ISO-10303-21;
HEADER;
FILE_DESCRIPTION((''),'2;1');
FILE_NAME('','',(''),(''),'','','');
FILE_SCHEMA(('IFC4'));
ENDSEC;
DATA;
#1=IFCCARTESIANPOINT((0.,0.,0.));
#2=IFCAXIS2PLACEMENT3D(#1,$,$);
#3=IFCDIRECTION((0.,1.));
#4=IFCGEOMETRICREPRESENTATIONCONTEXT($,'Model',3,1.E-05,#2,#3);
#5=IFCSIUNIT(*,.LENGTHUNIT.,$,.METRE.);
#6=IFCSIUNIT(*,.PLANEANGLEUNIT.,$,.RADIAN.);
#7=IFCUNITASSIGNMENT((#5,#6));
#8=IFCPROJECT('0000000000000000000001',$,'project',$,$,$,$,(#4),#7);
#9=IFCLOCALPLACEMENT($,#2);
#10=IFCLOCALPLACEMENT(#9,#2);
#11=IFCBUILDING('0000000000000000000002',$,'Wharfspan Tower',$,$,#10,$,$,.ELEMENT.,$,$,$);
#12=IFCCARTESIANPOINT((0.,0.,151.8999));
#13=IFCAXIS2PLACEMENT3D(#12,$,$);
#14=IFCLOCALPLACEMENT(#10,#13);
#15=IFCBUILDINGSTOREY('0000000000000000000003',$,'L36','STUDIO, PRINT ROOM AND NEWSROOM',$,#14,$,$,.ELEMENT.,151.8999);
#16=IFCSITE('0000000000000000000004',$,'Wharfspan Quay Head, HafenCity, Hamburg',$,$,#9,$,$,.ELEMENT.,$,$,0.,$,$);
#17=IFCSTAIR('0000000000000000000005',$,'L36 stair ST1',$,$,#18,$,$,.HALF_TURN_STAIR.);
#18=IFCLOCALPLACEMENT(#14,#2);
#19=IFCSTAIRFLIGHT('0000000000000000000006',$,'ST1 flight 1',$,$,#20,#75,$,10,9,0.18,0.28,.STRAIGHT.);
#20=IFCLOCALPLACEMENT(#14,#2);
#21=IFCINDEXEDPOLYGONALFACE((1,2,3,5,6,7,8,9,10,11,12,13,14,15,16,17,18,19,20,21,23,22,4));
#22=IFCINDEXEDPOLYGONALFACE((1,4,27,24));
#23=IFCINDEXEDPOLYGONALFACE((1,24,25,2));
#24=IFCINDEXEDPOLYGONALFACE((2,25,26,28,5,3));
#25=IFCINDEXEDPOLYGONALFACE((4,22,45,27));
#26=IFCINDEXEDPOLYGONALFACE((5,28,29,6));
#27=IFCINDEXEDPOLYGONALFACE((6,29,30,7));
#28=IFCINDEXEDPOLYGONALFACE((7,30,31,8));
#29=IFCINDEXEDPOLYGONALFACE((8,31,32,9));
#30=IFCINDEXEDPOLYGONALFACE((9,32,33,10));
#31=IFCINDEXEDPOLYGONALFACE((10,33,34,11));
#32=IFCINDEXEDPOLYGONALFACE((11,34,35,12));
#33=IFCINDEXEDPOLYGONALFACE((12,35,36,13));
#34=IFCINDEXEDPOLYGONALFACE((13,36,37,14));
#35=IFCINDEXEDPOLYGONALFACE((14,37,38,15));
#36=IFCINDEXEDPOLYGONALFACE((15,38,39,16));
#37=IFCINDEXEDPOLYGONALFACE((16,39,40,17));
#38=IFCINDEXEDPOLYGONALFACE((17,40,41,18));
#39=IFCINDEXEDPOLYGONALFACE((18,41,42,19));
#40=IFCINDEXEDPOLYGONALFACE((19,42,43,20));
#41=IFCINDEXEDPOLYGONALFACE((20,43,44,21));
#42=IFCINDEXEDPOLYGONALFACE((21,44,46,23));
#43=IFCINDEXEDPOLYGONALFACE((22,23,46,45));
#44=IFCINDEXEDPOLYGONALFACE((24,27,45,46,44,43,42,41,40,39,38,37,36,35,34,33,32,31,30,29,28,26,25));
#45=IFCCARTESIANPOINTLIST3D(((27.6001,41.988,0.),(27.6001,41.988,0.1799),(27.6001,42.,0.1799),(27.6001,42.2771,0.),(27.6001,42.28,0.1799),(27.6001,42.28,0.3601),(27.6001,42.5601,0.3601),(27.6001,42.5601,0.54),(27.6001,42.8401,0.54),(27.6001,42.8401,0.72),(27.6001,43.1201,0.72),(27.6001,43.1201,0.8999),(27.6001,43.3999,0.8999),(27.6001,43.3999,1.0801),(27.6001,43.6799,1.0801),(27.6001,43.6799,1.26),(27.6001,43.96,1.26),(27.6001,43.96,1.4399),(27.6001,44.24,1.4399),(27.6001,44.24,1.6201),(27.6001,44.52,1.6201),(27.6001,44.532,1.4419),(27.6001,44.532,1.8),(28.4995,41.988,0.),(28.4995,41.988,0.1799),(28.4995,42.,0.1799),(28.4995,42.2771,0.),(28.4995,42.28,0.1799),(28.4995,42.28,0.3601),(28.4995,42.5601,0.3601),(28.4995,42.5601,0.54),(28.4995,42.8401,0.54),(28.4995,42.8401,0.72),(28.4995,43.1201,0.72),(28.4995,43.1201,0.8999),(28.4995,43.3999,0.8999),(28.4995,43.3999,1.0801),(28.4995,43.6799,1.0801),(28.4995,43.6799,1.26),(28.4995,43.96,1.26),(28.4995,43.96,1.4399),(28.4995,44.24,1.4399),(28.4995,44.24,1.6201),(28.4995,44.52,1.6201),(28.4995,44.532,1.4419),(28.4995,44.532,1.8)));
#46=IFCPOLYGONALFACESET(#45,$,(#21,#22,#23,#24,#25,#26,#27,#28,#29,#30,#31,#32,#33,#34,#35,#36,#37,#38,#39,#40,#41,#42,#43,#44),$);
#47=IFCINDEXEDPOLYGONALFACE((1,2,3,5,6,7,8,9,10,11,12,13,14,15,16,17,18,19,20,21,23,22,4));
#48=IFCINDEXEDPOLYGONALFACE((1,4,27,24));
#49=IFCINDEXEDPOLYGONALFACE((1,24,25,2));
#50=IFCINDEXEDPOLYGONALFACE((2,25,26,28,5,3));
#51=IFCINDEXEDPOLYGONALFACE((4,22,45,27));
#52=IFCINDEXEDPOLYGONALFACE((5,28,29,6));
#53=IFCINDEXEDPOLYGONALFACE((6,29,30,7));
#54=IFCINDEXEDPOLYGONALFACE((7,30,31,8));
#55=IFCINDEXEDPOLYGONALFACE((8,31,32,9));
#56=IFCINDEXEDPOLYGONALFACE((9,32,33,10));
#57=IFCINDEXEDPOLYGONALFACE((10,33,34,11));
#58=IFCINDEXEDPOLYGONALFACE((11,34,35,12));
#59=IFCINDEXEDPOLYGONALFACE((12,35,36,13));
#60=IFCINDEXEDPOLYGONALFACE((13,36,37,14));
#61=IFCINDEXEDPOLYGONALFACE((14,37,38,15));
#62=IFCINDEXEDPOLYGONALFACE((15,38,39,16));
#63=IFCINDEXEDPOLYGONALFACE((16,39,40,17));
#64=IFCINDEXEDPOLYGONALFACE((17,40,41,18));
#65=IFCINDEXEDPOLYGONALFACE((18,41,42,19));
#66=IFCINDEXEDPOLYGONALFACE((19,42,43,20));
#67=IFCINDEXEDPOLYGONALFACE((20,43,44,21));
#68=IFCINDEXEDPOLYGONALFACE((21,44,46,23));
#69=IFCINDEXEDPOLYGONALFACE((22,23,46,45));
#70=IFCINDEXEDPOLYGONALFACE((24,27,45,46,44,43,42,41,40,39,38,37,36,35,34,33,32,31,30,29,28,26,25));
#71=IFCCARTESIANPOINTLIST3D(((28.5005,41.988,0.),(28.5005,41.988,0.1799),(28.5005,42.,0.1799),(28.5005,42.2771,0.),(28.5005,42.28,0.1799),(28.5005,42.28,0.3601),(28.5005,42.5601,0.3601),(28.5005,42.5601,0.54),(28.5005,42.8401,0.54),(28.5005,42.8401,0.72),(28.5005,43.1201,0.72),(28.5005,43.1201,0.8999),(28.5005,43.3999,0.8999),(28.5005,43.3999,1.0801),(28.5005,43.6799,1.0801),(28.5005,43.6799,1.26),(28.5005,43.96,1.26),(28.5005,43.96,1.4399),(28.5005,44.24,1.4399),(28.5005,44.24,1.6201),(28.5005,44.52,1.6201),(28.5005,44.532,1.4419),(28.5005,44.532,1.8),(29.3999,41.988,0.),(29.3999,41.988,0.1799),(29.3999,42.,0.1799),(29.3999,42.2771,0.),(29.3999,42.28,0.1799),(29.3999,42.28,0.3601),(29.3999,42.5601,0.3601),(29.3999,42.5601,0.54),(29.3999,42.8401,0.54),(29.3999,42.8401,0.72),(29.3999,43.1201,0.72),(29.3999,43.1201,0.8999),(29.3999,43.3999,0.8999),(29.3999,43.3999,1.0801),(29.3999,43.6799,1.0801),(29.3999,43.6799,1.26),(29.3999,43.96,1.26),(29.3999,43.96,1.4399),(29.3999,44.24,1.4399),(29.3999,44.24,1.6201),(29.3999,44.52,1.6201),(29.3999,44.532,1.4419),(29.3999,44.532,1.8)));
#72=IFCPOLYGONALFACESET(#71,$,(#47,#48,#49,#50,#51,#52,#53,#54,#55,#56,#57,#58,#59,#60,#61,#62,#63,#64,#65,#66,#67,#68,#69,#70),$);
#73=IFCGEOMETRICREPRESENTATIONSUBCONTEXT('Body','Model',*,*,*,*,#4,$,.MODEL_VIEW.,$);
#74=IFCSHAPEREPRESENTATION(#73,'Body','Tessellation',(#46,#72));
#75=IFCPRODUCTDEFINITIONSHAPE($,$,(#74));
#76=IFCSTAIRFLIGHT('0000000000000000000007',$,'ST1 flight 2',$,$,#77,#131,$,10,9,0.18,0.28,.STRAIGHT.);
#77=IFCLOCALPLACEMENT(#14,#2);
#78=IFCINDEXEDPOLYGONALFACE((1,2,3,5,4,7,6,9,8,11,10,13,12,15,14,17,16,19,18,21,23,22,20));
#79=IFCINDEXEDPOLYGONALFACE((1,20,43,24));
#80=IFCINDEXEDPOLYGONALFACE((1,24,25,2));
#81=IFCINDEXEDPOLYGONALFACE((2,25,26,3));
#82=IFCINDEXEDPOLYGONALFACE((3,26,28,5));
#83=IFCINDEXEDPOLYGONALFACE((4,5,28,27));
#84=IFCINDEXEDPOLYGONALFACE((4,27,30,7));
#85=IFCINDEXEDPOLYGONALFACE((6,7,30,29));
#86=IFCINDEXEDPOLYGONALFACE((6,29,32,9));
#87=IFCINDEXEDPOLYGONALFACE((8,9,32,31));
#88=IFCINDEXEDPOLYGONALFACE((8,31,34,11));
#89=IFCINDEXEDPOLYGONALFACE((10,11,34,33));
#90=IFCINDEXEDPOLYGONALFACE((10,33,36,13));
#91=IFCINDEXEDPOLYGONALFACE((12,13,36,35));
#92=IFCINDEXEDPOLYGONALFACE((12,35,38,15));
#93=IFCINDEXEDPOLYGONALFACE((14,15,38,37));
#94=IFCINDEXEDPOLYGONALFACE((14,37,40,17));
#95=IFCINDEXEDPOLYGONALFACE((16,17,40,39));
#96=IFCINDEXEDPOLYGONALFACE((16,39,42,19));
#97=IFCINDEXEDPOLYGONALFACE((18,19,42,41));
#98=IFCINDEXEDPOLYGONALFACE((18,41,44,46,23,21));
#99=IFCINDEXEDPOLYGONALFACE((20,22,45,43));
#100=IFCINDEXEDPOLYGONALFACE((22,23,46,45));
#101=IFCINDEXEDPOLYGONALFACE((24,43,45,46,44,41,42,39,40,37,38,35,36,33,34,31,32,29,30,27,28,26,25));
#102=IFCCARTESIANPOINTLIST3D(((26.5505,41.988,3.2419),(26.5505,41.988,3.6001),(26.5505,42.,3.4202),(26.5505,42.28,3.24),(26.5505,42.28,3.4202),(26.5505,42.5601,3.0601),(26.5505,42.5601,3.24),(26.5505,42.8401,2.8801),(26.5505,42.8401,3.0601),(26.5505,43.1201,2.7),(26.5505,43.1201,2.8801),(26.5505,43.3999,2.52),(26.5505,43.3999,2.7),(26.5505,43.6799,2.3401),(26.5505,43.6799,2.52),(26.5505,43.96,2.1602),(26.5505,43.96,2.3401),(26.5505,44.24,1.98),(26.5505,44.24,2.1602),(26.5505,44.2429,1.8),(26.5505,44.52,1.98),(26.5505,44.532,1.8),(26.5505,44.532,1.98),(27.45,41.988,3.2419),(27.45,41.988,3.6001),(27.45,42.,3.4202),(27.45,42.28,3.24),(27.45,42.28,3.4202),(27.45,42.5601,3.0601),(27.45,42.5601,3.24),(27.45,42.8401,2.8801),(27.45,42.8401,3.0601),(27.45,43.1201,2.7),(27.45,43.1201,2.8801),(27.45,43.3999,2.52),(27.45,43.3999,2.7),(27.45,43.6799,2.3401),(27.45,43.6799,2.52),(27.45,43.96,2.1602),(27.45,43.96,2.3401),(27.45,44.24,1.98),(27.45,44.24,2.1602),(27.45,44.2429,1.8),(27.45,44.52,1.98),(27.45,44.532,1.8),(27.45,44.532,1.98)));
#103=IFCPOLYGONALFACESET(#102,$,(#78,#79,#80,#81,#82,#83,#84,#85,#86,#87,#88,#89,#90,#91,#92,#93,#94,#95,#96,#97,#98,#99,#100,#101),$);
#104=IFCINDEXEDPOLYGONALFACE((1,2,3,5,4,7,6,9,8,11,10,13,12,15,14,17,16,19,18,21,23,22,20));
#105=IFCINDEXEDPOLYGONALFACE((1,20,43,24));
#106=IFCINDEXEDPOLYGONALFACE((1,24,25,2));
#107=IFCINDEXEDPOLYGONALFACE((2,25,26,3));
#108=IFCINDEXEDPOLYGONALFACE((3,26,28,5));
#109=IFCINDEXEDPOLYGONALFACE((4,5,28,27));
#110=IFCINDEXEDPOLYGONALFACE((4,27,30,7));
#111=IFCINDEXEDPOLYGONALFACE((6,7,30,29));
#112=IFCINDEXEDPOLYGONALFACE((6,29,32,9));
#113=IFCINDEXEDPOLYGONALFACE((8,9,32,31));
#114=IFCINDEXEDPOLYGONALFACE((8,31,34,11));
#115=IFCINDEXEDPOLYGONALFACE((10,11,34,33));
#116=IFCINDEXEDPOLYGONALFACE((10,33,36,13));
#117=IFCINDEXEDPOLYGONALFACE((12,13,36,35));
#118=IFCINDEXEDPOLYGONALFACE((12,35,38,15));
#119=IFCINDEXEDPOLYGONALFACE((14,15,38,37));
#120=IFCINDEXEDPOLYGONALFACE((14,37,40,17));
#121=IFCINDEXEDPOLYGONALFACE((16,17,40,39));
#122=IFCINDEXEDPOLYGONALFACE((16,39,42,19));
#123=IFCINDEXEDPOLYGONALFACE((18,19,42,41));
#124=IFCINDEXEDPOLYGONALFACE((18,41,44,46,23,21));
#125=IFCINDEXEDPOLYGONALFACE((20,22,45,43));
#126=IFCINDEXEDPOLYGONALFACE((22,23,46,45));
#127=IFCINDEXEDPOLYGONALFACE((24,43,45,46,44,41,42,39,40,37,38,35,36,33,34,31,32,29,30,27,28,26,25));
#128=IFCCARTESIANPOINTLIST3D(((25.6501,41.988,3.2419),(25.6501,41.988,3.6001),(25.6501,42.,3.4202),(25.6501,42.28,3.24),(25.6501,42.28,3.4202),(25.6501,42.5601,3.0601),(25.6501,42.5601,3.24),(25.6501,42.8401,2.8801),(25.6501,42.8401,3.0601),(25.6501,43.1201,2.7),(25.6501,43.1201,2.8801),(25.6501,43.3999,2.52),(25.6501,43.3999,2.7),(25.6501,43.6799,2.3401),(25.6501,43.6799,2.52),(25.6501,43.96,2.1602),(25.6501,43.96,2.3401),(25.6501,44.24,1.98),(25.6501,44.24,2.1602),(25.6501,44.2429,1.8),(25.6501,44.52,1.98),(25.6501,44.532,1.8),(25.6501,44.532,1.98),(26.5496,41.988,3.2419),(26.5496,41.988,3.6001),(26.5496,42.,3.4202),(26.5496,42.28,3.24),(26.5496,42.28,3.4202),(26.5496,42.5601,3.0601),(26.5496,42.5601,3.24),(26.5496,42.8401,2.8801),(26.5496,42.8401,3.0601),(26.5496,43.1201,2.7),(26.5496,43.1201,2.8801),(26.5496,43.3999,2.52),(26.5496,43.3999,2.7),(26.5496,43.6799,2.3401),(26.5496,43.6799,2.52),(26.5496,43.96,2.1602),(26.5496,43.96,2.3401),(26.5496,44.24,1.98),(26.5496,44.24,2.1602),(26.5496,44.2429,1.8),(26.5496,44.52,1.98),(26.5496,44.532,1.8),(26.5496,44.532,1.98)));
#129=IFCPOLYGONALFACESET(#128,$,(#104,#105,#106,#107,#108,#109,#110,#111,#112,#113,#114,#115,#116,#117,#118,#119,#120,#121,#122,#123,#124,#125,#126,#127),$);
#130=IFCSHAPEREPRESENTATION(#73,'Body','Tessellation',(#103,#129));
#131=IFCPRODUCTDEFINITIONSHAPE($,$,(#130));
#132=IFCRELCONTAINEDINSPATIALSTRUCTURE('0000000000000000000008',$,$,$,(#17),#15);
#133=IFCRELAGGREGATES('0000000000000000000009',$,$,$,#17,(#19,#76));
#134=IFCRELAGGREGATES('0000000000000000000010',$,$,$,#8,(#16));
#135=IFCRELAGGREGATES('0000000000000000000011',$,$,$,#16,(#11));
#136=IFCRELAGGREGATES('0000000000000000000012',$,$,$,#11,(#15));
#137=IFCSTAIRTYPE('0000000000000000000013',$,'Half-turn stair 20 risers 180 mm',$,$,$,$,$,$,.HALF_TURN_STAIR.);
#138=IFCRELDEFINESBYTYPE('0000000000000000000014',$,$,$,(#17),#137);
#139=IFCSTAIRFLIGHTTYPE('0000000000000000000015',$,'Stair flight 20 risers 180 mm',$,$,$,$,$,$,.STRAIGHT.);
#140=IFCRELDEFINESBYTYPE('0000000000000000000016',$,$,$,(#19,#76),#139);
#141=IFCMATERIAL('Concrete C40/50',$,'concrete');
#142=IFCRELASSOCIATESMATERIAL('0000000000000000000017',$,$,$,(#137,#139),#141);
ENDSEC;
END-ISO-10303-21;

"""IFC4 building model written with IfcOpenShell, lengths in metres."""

from ifc_helpers import new_model, si_unit, direction, frame, origin, place, context, subcontext, project, spatial, polyline, outline, extrude, material, type_object, element, aggregate, save


model = new_model("IFC4")

# Units and contexts
model_context = context("Model", 3, precision=1e-05, world=origin(), true_north=direction((0.0, 1.0)))
body_context = subcontext(model_context, "Body", "Model", "MODEL_VIEW")
ifc_project = project(units=[si_unit("LENGTHUNIT", "METRE"), si_unit("PLANEANGLEUNIT", "RADIAN")], contexts=[model_context])

# Site, building, storey
site_placement = place(None, origin())
site = spatial("IfcSite", under=ifc_project, at=site_placement, Name="Wharfspan Quay Head, HafenCity, Hamburg", CompositionType="ELEMENT", RefElevation=0.0)
building_placement = place(site_placement, origin())
building = spatial("IfcBuilding", under=site, at=building_placement, Name="Wharfspan Tower", CompositionType="ELEMENT")
storey_placement = place(building_placement, frame((0.0, 0.0, 151.8999)))
storey = spatial("IfcBuildingStorey", under=building, at=storey_placement, Name="L36", Description="STUDIO, PRINT ROOM AND NEWSROOM", CompositionType="ELEMENT", Elevation=151.8999)

# Shared definitions
ifc_material_1 = material(Name="Concrete C40/50", Category="concrete")

# Stair, stair flights
stair_type = type_object("IfcStairType", Name="Half-turn stair 20 risers 180 mm", PredefinedType="HALF_TURN_STAIR", material=ifc_material_1)
stair_placement = place(storey_placement, origin())
stair = element("IfcStair", 1, at=stair_placement, inside=storey, type_object=stair_type, Name="L36 stair ST1", PredefinedType="HALF_TURN_STAIR")
stair_flight_type = type_object("IfcStairFlightType", Name="Stair flight 20 risers 180 mm", PredefinedType="STRAIGHT", material=ifc_material_1)
stair_flight_1_placement = place(storey_placement, frame((28.5, 42.0, 0.0), z_axis=(0.0, 0.0, 1.0), x_axis=(0.0, 1.0, 0.0)))
stair_flight_1 = element("IfcStairFlight", 2, at=stair_flight_1_placement, type_object=stair_flight_type, Name="ST1 flight 1", NumberOfRisers=10, NumberOfTreads=9, PredefinedType="STRAIGHT", RiserHeight=0.18, TreadLength=0.28, context=body_context, shape_type="SweptSolid", body=[
    extrude(outline(polyline([(-0.012, 0.0), (-0.012, 0.1799), (0.0, 0.1799), (0.28, 0.1799), (0.28, 0.3601), (0.5601, 0.3601), (0.5601, 0.54), (0.8401, 0.54), (0.8401, 0.72), (1.1201, 0.72), (1.1201, 0.8999), (1.3999, 0.8999), (1.3999, 1.0801), (1.6799, 1.0801), (1.6799, 1.26), (1.96, 1.26), (1.96, 1.4399), (2.24, 1.4399), (2.24, 1.6201), (2.52, 1.6201), (2.532, 1.8), (2.532, 1.4419), (0.2771, 0.0), (-0.012, 0.0)])), frame((0.0, 0.8999, 0.0), z_axis=(0.0, -1.0, 0.0), x_axis=(1.0, 0.0, 0.0)), (0.0, 0.0, 1.0), 0.8994),
    extrude(outline(polyline([(-0.012, 0.0), (-0.012, 0.1799), (0.0, 0.1799), (0.28, 0.1799), (0.28, 0.3601), (0.5601, 0.3601), (0.5601, 0.54), (0.8401, 0.54), (0.8401, 0.72), (1.1201, 0.72), (1.1201, 0.8999), (1.3999, 0.8999), (1.3999, 1.0801), (1.6799, 1.0801), (1.6799, 1.26), (1.96, 1.26), (1.96, 1.4399), (2.24, 1.4399), (2.24, 1.6201), (2.52, 1.6201), (2.532, 1.8), (2.532, 1.4419), (0.2771, 0.0), (-0.012, 0.0)])), frame((0.0, -0.0005, 0.0), z_axis=(0.0, -1.0, 0.0), x_axis=(1.0, 0.0, 0.0)), (0.0, 0.0, 1.0), 0.8994),
])
stair_flight_2_placement = place(storey_placement, frame((26.55, 44.52, 1.8), z_axis=(0.0, 0.0, 1.0), x_axis=(0.0, -1.0, 0.0)))
stair_flight_2 = element("IfcStairFlight", 3, at=stair_flight_2_placement, type_object=stair_flight_type, Name="ST1 flight 2", NumberOfRisers=10, NumberOfTreads=9, PredefinedType="STRAIGHT", RiserHeight=0.18, TreadLength=0.28, context=body_context, shape_type="SweptSolid", body=[
    extrude(outline(polyline([(-0.012, 0.0), (-0.012, 0.1799), (0.0, 0.1799), (0.28, 0.1799), (0.28, 0.3601), (0.5601, 0.3601), (0.5601, 0.54), (0.8401, 0.54), (0.8401, 0.72), (1.1201, 0.72), (1.1201, 0.8999), (1.3999, 0.8999), (1.3999, 1.0801), (1.6799, 1.0801), (1.6799, 1.26), (1.96, 1.26), (1.96, 1.4399), (2.24, 1.4399), (2.24, 1.6201), (2.52, 1.6201), (2.532, 1.8), (2.532, 1.4419), (0.2771, 0.0), (-0.012, 0.0)])), frame((0.0, 0.8999, 0.0), z_axis=(0.0, -1.0, 0.0), x_axis=(1.0, 0.0, 0.0)), (0.0, 0.0, 1.0), 0.8994),
    extrude(outline(polyline([(-0.012, 0.0), (-0.012, 0.1799), (0.0, 0.1799), (0.28, 0.1799), (0.28, 0.3601), (0.5601, 0.3601), (0.5601, 0.54), (0.8401, 0.54), (0.8401, 0.72), (1.1201, 0.72), (1.1201, 0.8999), (1.3999, 0.8999), (1.3999, 1.0801), (1.6799, 1.0801), (1.6799, 1.26), (1.96, 1.26), (1.96, 1.4399), (2.24, 1.4399), (2.24, 1.6201), (2.52, 1.6201), (2.532, 1.8), (2.532, 1.4419), (0.2771, 0.0), (-0.012, 0.0)])), frame((0.0, -0.0005, 0.0), z_axis=(0.0, -1.0, 0.0), x_axis=(1.0, 0.0, 0.0)), (0.0, 0.0, 1.0), 0.8994),
])
aggregate(stair, [stair_flight_1, stair_flight_2])

save(model, "model.ifc")
